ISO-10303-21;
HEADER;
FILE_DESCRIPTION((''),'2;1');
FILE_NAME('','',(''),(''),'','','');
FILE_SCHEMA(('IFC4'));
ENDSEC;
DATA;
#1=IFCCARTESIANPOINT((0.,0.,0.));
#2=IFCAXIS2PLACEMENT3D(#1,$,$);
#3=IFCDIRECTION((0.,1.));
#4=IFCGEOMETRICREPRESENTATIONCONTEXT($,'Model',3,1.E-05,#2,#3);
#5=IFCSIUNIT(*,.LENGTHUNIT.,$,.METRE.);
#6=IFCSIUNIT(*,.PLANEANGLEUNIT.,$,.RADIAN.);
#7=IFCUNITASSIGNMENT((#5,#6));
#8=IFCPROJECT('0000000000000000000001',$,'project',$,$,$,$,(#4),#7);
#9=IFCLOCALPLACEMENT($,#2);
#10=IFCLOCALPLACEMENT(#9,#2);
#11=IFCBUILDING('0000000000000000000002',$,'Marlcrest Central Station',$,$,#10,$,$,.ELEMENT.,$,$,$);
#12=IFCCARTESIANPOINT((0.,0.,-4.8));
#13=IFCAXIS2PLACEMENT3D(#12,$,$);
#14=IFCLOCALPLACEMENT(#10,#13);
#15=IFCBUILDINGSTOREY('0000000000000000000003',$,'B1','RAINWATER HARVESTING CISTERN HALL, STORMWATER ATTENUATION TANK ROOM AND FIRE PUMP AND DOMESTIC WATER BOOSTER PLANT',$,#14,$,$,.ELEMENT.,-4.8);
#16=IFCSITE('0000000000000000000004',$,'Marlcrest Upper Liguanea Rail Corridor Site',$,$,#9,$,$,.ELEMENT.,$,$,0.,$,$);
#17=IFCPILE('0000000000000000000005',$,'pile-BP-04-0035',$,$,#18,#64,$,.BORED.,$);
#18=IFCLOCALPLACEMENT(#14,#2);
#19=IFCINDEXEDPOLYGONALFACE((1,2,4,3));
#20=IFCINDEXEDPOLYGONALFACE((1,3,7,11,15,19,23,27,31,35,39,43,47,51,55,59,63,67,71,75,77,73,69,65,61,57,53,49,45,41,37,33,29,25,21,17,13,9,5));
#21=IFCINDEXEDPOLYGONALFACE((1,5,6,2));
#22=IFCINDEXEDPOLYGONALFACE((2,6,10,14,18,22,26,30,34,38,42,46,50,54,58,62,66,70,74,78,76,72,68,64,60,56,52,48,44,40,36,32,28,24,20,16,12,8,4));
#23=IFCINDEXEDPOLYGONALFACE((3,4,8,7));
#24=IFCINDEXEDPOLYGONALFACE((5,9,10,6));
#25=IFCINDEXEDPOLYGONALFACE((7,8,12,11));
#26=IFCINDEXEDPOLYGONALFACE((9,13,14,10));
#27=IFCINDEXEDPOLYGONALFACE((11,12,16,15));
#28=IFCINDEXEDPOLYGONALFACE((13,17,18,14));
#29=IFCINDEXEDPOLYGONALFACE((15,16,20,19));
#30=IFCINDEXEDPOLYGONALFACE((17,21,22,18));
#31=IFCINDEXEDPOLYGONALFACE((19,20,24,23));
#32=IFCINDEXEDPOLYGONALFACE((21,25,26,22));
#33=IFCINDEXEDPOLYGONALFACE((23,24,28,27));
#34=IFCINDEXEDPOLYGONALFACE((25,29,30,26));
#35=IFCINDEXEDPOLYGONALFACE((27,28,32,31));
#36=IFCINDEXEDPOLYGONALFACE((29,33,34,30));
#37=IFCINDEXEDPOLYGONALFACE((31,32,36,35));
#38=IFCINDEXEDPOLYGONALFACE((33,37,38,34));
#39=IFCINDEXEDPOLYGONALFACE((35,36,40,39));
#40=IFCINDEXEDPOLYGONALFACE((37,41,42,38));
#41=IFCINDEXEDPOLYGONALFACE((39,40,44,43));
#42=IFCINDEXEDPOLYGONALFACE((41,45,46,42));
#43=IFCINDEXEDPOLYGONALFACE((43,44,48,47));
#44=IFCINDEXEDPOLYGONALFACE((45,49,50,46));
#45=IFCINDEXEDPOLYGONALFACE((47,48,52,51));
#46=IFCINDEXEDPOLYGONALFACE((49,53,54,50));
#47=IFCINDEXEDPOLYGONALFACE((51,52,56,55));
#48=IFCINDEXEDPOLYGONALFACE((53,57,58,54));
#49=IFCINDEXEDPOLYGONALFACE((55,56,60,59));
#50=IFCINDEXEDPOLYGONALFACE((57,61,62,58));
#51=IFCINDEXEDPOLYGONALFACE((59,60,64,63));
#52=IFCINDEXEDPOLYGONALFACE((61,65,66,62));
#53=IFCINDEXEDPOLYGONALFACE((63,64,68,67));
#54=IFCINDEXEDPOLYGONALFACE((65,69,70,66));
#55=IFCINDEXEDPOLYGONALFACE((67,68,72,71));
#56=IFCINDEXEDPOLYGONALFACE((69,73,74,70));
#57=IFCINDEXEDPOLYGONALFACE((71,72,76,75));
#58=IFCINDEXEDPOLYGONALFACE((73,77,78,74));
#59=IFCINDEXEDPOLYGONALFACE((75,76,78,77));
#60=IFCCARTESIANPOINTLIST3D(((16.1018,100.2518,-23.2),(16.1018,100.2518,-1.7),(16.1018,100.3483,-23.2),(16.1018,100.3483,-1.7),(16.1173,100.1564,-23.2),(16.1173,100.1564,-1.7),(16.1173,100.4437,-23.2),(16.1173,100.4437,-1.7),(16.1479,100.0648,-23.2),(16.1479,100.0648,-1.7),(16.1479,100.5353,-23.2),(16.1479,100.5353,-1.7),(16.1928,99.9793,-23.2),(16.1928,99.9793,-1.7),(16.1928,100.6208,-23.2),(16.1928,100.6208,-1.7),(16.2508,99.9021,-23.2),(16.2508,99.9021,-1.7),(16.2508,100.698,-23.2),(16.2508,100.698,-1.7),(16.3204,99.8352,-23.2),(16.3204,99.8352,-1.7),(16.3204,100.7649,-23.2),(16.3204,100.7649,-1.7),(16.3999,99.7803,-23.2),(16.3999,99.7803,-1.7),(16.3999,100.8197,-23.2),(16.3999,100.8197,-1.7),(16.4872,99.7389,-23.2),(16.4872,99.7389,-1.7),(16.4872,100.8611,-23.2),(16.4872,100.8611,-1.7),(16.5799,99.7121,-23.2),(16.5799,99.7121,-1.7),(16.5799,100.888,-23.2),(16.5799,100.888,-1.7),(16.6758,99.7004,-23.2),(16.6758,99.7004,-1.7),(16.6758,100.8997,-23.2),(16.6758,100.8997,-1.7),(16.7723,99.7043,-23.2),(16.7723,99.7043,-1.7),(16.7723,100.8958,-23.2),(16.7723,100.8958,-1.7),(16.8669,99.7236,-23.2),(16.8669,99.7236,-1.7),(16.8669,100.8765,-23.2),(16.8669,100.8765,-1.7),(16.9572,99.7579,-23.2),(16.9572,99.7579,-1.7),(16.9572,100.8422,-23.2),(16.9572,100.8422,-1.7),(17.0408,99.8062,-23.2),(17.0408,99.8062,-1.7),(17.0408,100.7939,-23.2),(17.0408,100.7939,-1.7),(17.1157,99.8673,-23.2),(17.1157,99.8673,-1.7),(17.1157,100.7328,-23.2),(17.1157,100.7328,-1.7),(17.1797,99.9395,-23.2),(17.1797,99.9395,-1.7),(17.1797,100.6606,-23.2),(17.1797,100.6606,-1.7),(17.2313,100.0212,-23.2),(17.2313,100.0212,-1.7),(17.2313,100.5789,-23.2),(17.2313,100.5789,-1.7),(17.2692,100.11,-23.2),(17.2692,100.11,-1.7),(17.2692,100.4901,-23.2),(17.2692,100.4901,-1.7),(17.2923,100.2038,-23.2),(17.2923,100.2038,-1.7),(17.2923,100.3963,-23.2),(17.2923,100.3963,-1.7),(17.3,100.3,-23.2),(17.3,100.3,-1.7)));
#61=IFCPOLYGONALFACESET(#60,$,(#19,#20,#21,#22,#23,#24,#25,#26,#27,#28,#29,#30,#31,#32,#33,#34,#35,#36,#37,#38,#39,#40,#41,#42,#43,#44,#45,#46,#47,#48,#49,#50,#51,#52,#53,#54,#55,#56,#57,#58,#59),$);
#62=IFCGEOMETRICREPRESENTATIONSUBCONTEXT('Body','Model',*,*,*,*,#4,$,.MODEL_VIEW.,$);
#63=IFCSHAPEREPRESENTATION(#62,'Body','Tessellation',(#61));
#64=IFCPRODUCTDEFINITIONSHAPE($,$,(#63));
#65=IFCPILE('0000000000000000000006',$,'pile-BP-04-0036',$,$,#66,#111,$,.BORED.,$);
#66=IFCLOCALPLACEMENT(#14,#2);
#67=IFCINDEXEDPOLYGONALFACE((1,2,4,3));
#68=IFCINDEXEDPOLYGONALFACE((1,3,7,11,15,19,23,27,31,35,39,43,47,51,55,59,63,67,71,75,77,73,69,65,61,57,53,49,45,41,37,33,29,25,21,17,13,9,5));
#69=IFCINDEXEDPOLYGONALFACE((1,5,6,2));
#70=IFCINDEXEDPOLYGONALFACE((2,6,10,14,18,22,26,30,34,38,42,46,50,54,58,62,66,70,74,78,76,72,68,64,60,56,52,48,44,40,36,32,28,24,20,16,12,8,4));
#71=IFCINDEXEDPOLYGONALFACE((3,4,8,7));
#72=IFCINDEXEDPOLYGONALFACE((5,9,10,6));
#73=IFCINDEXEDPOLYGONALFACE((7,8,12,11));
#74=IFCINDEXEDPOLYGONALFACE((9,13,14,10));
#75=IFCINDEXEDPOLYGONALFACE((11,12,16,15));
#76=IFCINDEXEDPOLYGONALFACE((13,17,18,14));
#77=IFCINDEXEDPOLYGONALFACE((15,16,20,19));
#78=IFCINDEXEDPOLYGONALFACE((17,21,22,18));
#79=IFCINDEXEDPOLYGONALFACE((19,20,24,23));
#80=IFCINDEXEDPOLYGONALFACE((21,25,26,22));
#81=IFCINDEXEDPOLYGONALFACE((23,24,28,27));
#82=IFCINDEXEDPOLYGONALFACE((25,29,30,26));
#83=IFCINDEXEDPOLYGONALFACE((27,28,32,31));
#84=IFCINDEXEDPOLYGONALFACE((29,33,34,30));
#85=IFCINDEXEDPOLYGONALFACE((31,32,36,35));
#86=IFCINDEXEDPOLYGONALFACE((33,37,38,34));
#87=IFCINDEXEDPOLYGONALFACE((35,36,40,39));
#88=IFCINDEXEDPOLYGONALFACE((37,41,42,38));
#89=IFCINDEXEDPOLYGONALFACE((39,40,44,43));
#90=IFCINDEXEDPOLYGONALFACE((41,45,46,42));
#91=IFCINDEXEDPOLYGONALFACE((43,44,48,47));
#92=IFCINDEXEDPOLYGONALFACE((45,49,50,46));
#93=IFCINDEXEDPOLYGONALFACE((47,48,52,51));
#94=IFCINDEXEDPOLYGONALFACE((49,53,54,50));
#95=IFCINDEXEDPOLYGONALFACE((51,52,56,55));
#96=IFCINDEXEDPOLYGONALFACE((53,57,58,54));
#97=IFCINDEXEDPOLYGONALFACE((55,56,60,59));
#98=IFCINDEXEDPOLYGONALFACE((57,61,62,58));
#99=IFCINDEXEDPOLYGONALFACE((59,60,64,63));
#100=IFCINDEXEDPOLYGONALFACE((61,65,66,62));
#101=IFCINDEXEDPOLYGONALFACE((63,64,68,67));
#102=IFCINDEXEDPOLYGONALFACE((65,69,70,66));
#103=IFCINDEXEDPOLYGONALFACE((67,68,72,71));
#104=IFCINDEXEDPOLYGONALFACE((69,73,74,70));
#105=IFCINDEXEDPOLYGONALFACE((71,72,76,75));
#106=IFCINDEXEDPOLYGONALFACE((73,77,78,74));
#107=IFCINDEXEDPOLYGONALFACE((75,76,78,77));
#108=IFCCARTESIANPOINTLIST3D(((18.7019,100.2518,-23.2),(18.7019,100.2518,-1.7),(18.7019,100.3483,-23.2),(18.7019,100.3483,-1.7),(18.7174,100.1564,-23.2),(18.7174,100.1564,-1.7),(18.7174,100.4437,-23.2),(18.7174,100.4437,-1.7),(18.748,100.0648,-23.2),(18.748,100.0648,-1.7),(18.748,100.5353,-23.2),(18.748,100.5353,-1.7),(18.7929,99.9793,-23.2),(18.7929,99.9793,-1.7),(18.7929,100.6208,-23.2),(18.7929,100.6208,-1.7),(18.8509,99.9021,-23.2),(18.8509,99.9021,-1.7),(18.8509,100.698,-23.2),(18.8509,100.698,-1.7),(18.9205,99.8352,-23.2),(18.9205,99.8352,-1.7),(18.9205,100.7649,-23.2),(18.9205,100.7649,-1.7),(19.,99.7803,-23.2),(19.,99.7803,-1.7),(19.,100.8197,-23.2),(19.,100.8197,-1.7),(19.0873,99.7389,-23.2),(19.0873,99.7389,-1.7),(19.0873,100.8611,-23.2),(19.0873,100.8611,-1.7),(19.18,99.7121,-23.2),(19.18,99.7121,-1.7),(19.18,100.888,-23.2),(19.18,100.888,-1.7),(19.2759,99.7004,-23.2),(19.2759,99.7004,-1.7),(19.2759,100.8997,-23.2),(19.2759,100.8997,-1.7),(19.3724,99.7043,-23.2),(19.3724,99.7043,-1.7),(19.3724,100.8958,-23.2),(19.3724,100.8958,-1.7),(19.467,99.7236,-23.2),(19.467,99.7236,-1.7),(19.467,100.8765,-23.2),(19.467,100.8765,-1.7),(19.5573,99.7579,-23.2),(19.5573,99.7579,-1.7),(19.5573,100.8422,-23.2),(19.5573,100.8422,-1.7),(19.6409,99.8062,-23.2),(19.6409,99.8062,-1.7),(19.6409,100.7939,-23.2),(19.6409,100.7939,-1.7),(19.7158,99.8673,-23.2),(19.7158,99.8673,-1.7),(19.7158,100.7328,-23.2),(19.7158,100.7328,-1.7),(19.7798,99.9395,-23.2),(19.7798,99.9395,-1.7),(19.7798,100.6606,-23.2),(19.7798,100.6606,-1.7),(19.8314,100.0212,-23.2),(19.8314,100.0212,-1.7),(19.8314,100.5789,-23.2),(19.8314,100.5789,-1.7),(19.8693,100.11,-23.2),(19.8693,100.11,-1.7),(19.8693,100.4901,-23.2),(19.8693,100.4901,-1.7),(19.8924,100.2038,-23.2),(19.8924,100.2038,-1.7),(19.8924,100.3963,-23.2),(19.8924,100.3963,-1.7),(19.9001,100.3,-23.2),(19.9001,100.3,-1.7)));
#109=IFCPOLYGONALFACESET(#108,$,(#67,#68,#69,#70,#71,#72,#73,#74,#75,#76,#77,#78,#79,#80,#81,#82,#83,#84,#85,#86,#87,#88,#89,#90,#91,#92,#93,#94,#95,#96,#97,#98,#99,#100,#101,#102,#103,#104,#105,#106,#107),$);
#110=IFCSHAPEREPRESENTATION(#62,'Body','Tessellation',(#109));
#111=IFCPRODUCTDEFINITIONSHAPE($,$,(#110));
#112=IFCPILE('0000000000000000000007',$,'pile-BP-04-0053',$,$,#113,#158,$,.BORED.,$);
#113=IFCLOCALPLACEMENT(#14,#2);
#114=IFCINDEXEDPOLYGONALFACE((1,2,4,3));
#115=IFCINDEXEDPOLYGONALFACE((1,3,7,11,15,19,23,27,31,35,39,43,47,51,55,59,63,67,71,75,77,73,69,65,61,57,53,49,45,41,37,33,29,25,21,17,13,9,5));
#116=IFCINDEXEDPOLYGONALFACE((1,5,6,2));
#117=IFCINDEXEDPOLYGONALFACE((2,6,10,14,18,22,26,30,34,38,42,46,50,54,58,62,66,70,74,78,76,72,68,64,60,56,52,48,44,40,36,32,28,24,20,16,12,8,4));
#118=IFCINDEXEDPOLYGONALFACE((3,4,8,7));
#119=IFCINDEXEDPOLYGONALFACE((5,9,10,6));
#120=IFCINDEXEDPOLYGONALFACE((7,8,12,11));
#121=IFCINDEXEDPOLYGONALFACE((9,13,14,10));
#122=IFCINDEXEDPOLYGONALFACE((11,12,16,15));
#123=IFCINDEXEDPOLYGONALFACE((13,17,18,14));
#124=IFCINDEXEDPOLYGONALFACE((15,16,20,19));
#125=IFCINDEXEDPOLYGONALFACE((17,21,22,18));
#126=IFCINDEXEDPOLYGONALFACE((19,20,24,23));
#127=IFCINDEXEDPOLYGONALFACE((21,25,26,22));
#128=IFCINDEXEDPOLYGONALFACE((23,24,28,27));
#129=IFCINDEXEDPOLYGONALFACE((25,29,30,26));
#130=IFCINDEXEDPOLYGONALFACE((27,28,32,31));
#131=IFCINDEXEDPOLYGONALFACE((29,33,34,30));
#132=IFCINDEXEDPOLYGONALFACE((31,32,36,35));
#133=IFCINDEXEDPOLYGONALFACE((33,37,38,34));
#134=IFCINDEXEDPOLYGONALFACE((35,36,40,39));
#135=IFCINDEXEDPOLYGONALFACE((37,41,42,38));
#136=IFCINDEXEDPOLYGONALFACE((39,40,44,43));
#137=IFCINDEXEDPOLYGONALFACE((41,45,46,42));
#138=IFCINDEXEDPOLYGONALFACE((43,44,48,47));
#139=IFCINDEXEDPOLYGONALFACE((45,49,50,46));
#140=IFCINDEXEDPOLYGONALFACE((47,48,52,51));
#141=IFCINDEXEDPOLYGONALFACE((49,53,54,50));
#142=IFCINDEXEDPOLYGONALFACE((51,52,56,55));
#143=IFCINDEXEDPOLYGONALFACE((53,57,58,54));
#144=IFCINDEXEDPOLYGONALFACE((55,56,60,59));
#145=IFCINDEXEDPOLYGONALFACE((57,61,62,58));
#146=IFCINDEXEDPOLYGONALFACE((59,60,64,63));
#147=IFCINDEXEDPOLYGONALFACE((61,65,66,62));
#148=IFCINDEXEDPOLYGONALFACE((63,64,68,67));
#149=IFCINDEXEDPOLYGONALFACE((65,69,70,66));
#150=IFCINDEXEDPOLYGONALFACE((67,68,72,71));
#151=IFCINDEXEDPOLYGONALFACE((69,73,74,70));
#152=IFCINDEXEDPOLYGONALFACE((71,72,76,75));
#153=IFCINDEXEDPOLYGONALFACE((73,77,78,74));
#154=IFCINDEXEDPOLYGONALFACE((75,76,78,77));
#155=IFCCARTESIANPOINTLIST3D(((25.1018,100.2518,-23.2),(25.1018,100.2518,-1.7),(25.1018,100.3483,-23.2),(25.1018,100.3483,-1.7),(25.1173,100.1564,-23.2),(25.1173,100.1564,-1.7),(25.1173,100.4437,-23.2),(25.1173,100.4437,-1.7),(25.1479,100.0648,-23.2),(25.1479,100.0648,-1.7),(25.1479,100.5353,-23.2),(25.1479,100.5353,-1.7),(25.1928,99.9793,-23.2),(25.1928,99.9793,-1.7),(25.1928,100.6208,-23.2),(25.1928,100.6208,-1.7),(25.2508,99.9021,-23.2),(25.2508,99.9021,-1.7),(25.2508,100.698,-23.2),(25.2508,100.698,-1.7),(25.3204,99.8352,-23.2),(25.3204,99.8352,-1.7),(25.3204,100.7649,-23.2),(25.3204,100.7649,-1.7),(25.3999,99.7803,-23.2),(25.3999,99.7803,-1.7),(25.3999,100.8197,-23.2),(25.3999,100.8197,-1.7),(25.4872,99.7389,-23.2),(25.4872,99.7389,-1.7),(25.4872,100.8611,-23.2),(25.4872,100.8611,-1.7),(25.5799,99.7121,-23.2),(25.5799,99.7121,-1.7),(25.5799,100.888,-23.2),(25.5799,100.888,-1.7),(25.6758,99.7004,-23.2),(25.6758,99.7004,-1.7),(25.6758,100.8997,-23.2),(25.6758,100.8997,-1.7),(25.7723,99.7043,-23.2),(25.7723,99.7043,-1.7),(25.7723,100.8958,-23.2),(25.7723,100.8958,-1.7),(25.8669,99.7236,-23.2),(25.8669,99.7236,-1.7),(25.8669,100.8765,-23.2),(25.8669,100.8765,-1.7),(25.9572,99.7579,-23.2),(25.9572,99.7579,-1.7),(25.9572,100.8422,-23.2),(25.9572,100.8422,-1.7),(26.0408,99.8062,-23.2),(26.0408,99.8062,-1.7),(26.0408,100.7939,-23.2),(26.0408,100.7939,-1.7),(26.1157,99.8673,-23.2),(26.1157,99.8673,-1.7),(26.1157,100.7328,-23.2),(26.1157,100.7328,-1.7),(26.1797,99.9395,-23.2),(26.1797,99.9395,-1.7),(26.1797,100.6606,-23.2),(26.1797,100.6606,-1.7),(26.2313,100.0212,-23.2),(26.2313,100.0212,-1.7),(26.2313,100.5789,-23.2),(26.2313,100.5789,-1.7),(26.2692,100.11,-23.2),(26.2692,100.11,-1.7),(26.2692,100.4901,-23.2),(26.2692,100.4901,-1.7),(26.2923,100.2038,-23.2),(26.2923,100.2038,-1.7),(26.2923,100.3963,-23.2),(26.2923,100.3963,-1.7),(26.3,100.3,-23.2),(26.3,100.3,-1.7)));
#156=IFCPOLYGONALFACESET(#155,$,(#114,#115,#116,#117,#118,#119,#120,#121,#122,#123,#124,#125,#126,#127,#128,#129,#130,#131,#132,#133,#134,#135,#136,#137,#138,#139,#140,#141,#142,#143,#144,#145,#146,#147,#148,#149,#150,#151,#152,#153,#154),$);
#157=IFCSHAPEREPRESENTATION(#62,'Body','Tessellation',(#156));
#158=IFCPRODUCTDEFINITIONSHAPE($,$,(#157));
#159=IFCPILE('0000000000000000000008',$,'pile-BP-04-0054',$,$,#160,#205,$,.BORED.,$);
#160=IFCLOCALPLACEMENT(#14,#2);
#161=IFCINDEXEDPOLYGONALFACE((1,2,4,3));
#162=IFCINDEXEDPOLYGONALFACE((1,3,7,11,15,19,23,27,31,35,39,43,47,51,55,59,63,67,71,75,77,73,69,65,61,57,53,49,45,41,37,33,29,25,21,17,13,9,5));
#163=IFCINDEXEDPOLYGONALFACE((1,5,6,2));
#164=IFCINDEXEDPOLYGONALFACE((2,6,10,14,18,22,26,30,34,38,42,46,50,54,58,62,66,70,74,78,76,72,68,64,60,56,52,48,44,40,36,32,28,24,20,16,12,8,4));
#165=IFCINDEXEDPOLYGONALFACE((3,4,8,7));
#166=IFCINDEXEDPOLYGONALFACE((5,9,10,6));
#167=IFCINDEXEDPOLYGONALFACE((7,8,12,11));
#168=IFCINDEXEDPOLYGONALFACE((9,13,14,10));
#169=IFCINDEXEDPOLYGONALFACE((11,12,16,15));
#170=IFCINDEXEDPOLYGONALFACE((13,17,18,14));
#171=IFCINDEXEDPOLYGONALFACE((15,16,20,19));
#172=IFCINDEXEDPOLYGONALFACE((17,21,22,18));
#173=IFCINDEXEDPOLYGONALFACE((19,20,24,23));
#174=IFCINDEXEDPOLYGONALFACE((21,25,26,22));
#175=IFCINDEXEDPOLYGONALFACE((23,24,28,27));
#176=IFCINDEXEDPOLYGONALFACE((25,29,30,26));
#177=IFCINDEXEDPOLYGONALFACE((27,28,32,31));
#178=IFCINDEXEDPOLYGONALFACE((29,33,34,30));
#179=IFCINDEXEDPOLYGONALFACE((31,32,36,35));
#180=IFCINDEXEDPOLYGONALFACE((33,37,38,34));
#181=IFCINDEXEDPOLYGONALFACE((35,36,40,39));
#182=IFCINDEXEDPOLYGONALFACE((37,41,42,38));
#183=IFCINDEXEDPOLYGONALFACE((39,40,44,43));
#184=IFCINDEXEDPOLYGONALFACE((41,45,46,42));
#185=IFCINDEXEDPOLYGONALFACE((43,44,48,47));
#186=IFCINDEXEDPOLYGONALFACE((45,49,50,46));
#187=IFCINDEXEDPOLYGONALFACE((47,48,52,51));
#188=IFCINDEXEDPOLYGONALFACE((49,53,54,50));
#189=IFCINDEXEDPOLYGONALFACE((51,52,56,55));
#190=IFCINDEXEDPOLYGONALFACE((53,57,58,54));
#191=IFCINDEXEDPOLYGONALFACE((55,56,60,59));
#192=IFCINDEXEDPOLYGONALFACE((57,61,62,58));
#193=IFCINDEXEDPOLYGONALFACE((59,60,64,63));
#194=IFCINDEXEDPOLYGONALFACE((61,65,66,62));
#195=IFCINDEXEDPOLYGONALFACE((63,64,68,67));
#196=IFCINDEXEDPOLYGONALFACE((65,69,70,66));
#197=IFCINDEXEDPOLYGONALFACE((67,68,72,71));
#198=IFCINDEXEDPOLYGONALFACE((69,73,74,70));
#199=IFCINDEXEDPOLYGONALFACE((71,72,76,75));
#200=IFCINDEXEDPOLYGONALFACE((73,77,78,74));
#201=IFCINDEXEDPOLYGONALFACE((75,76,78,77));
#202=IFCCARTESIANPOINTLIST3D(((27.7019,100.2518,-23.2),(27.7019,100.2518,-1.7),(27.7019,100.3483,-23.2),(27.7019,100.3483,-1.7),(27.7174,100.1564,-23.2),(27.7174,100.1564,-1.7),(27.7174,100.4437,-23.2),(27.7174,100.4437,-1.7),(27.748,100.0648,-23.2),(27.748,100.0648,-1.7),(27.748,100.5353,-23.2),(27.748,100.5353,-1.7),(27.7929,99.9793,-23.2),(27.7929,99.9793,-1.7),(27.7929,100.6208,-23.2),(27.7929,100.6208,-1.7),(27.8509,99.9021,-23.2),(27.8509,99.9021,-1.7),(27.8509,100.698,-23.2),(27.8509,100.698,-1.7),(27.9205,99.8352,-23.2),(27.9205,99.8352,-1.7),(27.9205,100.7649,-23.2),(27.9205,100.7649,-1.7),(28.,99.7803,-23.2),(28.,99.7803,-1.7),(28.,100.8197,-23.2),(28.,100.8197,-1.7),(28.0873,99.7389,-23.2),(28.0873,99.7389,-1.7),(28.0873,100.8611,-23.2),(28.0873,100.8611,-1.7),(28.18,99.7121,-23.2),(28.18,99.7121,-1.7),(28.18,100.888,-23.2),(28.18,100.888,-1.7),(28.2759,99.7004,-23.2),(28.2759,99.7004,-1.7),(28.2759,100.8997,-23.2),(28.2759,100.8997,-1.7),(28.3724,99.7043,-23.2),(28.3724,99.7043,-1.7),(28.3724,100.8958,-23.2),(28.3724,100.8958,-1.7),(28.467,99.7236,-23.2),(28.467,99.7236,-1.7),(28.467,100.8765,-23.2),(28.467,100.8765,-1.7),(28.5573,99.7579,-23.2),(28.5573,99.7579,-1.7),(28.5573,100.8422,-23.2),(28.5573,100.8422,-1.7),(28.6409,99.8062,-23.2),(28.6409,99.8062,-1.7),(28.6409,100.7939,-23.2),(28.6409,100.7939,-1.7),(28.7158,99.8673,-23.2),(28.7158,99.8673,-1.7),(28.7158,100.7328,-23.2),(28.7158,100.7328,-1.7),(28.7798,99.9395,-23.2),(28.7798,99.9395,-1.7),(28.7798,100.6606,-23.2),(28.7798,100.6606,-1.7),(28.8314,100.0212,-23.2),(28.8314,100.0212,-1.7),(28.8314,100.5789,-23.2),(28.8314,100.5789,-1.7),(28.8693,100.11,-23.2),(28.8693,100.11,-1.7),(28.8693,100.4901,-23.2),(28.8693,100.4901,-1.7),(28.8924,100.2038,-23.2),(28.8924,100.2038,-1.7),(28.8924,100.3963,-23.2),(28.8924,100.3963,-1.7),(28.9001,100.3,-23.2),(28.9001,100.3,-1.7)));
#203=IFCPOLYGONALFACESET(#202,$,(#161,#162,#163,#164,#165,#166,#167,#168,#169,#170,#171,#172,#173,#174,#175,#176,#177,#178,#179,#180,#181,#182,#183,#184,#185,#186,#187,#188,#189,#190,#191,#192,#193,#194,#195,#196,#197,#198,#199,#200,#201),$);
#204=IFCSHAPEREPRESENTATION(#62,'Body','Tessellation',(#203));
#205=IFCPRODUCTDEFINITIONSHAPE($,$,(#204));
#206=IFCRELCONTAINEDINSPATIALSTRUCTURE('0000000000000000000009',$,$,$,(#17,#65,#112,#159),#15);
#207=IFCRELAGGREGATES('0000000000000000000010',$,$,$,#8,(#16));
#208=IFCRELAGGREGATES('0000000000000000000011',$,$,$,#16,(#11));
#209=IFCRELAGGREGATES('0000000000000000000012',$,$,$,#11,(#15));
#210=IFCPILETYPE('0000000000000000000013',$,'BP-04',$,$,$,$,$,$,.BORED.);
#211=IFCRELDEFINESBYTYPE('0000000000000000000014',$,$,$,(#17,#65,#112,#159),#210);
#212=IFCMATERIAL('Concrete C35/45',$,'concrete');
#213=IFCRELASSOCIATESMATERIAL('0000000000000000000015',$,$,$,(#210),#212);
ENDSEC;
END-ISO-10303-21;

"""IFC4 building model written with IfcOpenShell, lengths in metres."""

from ifc_helpers import new_model, si_unit, direction, frame, origin, origin_2d, place, context, subcontext, project, spatial, circle, extrude, material, material_profile, profile_set, type_object, element, save


model = new_model("IFC4")

# Units and contexts
model_context = context("Model", 3, precision=1e-05, world=origin(), true_north=direction((0.0, 1.0)))
body_context = subcontext(model_context, "Body", "Model", "MODEL_VIEW")
ifc_project = project(units=[si_unit("LENGTHUNIT", "METRE"), si_unit("PLANEANGLEUNIT", "RADIAN")], contexts=[model_context])

# Site, building, storey
site_placement = place(None, origin())
site = spatial("IfcSite", under=ifc_project, at=site_placement, Name="Marlcrest Upper Liguanea Rail Corridor Site", CompositionType="ELEMENT", RefElevation=0.0)
building_placement = place(site_placement, origin())
building = spatial("IfcBuilding", under=site, at=building_placement, Name="Marlcrest Central Station", CompositionType="ELEMENT")
storey_placement = place(building_placement, frame((0.0, 0.0, -4.8)))
storey = spatial("IfcBuildingStorey", under=building, at=storey_placement, Name="B1", Description="RAINWATER HARVESTING CISTERN HALL, STORMWATER ATTENUATION TANK ROOM AND FIRE PUMP AND DOMESTIC WATER BOOSTER PLANT", CompositionType="ELEMENT", Elevation=-4.8)

# Piles
ifc_material_1 = material(Name="Concrete C35/45", Category="concrete")
ifc_material_profile_1 = material_profile(ifc_material_1, circle(Radius=0.6001, at=origin_2d()), Name="PILE D1200")
ifc_profile_set_1 = profile_set([ifc_material_profile_1], Name="Concrete C35/45")
pile_type = type_object("IfcPileType", Name="BP-04", PredefinedType="BORED", material=ifc_profile_set_1)
for number, where, z_axis, x_axis, name in (
    (1, (16.7, 100.3, -1.7), (0.0, 0.0, -1.0), (1.0, 0.0, 0.0), "pile-BP-04-0035"),
    (2, (19.3, 100.3, -1.7), (0.0, 0.0, -1.0), (1.0, 0.0, 0.0), "pile-BP-04-0036"),
    (3, (25.7, 100.3, -1.7), (0.0, 0.0, -1.0), (1.0, 0.0, 0.0), "pile-BP-04-0053"),
    (4, (28.3, 100.3, -1.7), (0.0, 0.0, -1.0), (1.0, 0.0, 0.0), "pile-BP-04-0054"),
):
    element("IfcPile", number, at=place(storey_placement, frame(where, z_axis=z_axis, x_axis=x_axis)), inside=storey, type_object=pile_type, Name=name, PredefinedType="BORED", context=body_context, shape_type="SweptSolid", body=[
        extrude(circle(Radius=0.6001, at=origin_2d()), origin(), (0.0, 0.0, 1.0), 21.5),
    ])

save(model, "model.ifc")
